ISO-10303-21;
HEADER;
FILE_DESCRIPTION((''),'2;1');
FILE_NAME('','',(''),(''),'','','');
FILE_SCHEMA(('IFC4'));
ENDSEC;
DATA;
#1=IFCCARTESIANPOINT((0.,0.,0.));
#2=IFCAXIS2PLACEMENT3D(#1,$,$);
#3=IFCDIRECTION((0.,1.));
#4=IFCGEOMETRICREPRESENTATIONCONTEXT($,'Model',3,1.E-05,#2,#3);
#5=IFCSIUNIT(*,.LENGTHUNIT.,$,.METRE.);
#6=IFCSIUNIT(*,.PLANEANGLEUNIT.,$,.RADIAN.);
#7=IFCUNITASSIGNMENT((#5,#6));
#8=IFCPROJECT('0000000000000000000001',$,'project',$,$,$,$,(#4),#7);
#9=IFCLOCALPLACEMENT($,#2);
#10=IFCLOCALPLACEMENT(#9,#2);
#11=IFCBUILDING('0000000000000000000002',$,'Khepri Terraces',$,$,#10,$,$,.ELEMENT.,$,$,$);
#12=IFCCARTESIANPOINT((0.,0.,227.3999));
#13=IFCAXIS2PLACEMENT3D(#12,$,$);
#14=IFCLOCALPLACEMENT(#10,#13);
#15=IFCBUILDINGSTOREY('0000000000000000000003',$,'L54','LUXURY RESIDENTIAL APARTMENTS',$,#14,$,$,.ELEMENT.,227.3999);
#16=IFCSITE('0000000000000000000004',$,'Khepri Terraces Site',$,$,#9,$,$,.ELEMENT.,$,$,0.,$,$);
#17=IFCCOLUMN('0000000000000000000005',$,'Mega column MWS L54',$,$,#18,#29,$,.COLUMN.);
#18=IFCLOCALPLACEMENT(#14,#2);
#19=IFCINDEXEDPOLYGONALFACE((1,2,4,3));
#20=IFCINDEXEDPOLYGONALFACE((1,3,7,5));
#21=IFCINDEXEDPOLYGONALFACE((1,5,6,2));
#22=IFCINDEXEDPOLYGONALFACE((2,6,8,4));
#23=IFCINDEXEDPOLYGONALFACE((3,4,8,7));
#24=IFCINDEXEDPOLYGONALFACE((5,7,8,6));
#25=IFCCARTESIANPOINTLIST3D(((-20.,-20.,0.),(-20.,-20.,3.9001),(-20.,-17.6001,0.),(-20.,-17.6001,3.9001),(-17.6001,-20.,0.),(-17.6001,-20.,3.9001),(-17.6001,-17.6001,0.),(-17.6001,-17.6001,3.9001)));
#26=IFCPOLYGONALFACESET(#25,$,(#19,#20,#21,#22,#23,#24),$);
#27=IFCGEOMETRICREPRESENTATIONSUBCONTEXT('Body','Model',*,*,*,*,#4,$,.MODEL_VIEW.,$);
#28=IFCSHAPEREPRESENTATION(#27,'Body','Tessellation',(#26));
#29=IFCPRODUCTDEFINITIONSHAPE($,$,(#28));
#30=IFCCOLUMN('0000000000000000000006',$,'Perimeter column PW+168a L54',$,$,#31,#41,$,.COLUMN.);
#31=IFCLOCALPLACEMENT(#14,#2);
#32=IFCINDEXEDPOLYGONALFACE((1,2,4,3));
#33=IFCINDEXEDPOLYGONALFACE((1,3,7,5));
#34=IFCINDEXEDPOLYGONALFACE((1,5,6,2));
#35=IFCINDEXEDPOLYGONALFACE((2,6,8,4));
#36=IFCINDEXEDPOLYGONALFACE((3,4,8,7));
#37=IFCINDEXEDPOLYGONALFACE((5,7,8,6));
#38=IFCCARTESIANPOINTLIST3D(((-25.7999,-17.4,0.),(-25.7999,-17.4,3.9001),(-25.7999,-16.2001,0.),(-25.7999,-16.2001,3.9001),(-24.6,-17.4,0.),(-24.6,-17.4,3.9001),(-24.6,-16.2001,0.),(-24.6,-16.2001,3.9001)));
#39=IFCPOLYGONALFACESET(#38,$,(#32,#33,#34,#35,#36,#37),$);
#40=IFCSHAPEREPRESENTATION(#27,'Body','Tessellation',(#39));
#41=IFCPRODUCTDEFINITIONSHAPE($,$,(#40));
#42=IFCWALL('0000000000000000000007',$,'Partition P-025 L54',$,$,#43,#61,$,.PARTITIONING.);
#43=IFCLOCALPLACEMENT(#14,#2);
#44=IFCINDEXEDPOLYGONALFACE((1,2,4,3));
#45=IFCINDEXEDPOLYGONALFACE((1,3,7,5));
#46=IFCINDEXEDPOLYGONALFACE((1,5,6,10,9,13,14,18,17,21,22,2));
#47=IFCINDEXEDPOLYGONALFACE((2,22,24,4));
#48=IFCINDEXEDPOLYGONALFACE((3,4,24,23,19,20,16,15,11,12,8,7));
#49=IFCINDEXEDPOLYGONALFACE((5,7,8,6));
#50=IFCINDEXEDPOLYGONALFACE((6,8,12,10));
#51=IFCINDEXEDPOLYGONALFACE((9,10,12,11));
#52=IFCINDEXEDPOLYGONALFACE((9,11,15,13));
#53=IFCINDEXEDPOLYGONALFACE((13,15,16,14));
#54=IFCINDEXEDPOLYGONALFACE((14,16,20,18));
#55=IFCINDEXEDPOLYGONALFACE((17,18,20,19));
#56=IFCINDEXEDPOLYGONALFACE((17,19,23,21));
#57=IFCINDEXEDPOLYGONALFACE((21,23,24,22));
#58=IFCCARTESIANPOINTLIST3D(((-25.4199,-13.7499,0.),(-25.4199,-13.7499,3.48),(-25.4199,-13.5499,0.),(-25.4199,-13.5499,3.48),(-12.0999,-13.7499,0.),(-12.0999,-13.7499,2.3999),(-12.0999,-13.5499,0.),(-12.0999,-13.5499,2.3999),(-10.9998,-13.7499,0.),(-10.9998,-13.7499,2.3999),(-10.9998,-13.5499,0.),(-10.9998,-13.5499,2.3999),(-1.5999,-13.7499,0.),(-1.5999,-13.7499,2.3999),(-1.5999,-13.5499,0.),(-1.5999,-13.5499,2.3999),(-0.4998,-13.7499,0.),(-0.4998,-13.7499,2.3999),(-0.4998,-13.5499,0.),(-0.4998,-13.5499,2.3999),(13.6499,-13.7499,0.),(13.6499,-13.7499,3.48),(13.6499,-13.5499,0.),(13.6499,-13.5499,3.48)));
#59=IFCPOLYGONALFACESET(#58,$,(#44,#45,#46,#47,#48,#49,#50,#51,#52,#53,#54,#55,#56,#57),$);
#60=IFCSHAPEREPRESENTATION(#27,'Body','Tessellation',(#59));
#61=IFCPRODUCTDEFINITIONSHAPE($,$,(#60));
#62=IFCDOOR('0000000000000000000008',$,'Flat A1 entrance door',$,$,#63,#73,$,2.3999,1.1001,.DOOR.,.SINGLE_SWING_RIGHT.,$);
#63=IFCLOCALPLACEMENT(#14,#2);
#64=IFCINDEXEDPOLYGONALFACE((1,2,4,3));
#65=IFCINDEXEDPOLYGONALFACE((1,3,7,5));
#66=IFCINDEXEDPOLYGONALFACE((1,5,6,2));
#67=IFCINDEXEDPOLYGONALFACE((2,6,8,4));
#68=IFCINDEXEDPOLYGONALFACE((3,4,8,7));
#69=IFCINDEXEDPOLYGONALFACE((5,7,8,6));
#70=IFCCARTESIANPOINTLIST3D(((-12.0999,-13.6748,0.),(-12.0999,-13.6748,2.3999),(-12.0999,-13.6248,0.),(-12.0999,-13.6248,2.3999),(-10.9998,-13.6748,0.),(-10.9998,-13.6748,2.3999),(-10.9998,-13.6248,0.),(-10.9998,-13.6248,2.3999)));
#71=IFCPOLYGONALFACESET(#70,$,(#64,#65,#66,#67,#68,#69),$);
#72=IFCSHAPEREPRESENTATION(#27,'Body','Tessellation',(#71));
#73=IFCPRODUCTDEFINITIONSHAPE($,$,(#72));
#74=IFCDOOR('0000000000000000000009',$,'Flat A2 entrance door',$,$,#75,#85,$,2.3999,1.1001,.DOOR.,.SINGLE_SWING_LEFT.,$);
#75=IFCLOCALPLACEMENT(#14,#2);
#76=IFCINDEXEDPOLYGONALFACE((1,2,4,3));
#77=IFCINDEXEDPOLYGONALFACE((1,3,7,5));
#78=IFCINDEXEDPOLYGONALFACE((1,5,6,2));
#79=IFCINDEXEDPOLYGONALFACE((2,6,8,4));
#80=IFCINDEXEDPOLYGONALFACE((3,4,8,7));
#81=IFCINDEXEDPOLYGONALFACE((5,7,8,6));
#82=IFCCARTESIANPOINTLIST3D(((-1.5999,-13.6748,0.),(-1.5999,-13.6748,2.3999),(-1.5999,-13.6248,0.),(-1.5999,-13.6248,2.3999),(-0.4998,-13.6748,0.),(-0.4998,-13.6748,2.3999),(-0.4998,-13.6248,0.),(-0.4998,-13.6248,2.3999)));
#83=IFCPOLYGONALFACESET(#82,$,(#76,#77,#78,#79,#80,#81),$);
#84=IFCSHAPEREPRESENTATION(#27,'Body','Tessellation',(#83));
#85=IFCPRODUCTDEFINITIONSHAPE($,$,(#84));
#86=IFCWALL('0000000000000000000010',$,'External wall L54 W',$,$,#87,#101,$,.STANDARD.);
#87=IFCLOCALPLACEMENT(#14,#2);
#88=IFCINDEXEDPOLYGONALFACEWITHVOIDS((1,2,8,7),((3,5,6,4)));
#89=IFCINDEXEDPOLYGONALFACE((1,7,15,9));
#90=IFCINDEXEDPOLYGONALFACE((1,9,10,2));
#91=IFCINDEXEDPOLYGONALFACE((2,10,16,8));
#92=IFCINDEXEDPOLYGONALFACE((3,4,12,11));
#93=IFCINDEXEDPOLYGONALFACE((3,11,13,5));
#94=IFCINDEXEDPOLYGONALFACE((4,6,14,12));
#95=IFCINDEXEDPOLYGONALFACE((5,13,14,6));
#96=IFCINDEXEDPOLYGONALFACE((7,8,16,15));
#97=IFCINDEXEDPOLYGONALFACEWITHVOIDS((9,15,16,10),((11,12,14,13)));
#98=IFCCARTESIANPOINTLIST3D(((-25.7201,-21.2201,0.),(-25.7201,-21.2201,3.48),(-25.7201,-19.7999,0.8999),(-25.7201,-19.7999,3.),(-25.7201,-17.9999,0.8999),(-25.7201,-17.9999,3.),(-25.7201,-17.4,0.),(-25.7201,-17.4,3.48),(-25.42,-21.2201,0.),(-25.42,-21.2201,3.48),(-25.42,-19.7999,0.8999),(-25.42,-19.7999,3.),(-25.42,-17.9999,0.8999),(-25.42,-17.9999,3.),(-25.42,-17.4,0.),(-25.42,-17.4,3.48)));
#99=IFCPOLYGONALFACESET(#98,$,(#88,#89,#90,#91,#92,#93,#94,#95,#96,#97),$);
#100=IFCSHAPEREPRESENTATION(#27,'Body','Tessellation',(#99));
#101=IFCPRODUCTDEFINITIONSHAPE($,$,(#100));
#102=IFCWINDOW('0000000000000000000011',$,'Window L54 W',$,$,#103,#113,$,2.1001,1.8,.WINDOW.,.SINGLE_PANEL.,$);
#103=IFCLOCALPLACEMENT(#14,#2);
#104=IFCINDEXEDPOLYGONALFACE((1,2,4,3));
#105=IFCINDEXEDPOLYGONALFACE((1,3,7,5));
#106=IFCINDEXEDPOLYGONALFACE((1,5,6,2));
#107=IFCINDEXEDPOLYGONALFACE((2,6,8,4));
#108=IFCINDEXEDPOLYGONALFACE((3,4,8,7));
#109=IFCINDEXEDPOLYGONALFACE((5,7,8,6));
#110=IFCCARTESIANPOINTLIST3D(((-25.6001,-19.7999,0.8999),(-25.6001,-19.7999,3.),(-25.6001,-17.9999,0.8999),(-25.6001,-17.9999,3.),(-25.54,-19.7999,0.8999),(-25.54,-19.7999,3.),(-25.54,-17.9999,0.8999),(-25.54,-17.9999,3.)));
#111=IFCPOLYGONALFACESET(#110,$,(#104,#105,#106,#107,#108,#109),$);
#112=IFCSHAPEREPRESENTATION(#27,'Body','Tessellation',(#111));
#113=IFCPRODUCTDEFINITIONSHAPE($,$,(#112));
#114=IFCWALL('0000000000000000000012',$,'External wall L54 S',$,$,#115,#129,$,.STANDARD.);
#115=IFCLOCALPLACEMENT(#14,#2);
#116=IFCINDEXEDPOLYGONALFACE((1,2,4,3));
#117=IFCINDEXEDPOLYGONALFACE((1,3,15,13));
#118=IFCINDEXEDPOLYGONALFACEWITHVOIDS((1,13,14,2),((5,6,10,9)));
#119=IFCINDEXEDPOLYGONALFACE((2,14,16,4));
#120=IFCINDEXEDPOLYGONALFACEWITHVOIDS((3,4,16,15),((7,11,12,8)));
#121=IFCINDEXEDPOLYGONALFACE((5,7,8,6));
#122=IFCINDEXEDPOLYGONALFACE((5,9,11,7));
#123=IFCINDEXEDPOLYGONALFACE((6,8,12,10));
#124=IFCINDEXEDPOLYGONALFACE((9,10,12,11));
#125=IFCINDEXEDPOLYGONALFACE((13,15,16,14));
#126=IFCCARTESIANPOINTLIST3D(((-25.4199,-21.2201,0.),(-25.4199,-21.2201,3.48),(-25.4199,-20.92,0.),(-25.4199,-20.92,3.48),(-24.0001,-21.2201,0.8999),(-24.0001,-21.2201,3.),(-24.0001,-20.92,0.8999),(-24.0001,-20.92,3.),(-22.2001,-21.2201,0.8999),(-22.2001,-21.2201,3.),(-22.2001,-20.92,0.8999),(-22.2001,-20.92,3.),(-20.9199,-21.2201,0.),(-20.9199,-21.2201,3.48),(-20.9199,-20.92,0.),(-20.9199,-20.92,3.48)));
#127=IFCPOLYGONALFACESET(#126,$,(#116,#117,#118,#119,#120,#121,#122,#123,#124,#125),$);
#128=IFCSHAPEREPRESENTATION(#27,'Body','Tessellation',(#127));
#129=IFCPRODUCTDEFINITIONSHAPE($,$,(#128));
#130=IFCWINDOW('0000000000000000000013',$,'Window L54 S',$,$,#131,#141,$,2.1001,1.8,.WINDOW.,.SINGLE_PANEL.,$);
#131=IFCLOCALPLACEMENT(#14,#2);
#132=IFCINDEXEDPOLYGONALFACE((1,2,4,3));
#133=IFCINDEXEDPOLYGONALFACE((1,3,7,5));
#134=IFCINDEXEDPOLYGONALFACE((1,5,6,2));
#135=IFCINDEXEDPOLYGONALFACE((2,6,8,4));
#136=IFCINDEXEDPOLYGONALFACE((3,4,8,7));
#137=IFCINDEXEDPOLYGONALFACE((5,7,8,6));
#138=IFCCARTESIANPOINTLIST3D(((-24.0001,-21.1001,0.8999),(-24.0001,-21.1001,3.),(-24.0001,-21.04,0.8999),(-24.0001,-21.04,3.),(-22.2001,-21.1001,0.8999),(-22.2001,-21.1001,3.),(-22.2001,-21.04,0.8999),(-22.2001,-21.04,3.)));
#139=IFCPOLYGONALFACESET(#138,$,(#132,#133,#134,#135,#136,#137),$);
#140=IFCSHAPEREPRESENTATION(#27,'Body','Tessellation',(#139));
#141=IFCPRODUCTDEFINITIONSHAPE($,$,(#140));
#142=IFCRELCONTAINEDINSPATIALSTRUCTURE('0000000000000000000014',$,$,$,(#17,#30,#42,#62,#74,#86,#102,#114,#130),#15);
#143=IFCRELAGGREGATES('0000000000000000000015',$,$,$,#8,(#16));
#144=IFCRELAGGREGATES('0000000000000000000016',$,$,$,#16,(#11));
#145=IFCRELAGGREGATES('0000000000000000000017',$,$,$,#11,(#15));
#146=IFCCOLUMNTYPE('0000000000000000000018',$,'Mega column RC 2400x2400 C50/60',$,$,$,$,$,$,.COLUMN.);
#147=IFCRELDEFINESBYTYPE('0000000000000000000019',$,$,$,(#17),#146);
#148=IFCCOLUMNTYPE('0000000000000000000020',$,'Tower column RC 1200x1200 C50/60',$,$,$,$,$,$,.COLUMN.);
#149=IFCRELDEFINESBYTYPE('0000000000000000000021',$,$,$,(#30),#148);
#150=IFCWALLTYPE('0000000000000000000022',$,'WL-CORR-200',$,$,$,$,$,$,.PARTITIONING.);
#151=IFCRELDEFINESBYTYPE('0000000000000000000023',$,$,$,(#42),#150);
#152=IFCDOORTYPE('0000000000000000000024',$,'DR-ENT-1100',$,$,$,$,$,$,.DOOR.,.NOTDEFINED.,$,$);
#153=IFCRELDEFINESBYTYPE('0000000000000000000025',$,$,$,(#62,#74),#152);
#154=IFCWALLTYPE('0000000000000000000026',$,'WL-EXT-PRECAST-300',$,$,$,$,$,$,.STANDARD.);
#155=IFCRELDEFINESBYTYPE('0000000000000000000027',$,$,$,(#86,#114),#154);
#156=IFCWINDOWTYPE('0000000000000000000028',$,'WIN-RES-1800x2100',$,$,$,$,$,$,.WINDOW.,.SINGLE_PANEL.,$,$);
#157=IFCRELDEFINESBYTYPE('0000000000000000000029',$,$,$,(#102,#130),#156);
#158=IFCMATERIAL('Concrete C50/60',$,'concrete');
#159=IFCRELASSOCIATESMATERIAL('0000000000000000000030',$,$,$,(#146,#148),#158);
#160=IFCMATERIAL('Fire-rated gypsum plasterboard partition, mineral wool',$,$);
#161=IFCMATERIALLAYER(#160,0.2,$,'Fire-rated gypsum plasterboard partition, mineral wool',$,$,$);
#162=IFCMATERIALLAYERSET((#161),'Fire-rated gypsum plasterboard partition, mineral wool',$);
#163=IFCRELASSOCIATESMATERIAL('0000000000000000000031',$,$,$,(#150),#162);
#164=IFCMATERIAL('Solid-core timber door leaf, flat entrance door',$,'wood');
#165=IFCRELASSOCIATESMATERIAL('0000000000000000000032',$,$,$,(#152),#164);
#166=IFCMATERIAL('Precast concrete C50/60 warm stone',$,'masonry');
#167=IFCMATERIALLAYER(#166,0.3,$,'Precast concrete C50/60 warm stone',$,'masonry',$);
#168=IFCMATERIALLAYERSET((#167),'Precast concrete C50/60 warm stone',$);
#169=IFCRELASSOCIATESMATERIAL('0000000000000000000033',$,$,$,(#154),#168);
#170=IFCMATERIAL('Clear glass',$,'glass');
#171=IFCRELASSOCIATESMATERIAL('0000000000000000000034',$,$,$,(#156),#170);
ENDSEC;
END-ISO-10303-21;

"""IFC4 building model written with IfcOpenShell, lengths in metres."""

from ifc_helpers import new_model, si_unit, direction, frame, frame_2d, origin, origin_2d, place, context, subcontext, project, spatial, rectangle, extrude, material, layer, layer_set, material_profile, profile_set, type_object, element, fill, save


model = new_model("IFC4")

# Units and contexts
model_context = context("Model", 3, precision=1e-05, world=origin(), true_north=direction((0.0, 1.0)))
body_context = subcontext(model_context, "Body", "Model", "MODEL_VIEW")
ifc_project = project(units=[si_unit("LENGTHUNIT", "METRE"), si_unit("PLANEANGLEUNIT", "RADIAN")], contexts=[model_context])

# Site, building, storey
site_placement = place(None, origin())
site = spatial("IfcSite", under=ifc_project, at=site_placement, Name="Khepri Terraces Site", CompositionType="ELEMENT", RefElevation=0.0)
building_placement = place(site_placement, origin())
building = spatial("IfcBuilding", under=site, at=building_placement, Name="Khepri Terraces", CompositionType="ELEMENT")
storey_placement = place(building_placement, frame((0.0, 0.0, 227.3999)))
storey = spatial("IfcBuildingStorey", under=building, at=storey_placement, Name="L54", Description="LUXURY RESIDENTIAL APARTMENTS", CompositionType="ELEMENT", Elevation=227.3999)

# Columns
ifc_material_1 = material(Name="Concrete C50/60", Category="concrete")
ifc_material_profile_1 = material_profile(ifc_material_1, rectangle(XDim=2.3999, YDim=2.3999, at=origin_2d()), Name="Concrete C50/60", Category="concrete")
ifc_profile_set_1 = profile_set([ifc_material_profile_1], Name="Concrete C50/60")
column_type_1 = type_object("IfcColumnType", Name="Mega column RC 2400x2400 C50/60", PredefinedType="COLUMN", material=ifc_profile_set_1)
column_1_placement = place(storey_placement, frame((-18.8, -18.8, 0.0), z_axis=(0.0, 0.0, 1.0), x_axis=(1.0, 0.0, 0.0)))
element("IfcColumn", 1, at=column_1_placement, inside=storey, type_object=column_type_1, Name="Mega column MWS L54", PredefinedType="COLUMN", context=body_context, shape_type="SweptSolid", body=[
    extrude(rectangle(XDim=2.3999, YDim=2.3999, at=origin_2d()), origin(), (0.0, 0.0, 1.0), 3.9001),
])
ifc_material_profile_2 = material_profile(ifc_material_1, rectangle(XDim=1.2, YDim=1.2, at=origin_2d()), Name="Concrete C50/60", Category="concrete")
ifc_profile_set_2 = profile_set([ifc_material_profile_2], Name="Concrete C50/60")
column_type_2 = type_object("IfcColumnType", Name="Tower column RC 1200x1200 C50/60", PredefinedType="COLUMN", material=ifc_profile_set_2)
column_2_placement = place(storey_placement, frame((-25.2, -16.8, 0.0), z_axis=(0.0, 0.0, 1.0), x_axis=(1.0, 0.0, 0.0)))
element("IfcColumn", 2, at=column_2_placement, inside=storey, type_object=column_type_2, Name="Perimeter column PW+168a L54", PredefinedType="COLUMN", context=body_context, shape_type="SweptSolid", body=[
    extrude(rectangle(XDim=1.2, YDim=1.2, at=origin_2d()), origin(), (0.0, 0.0, 1.0), 3.9001),
])

# Wall, openings, doors
ifc_material_2 = material(Name="Fire-rated gypsum plasterboard partition, mineral wool")
ifc_layer_1 = layer(ifc_material_2, 0.2, Name="Fire-rated gypsum plasterboard partition, mineral wool")
ifc_layer_set_1 = layer_set([ifc_layer_1], Name="Fire-rated gypsum plasterboard partition, mineral wool")
wall_type_1 = type_object("IfcWallType", Name="WL-CORR-200", PredefinedType="PARTITIONING", material=ifc_layer_set_1)
wall_1_placement = place(storey_placement, frame((-25.4199, -13.6499, 0.0), z_axis=(0.0, 0.0, 1.0), x_axis=(1.0, 0.0, 0.0)))
wall_1 = element("IfcWall", 3, at=wall_1_placement, inside=storey, type_object=wall_type_1, Name="Partition P-025 L54", PredefinedType="PARTITIONING", context=body_context, shape_type="SweptSolid", body=[
    extrude(rectangle(XDim=39.0698, YDim=0.2, at=frame_2d((19.5349, 0.0))), origin(), (0.0, 0.0, 1.0), 3.48),
])
opening_1_placement = place(wall_1_placement, frame((13.3201, 0.0, 0.0)))
opening_1 = element("IfcOpeningElement", 4, at=opening_1_placement, cuts=wall_1, PredefinedType="OPENING", context=body_context, shape_type="SweptSolid", body=[
    extrude(rectangle(XDim=1.1001, YDim=2.3999, at=frame_2d((0.55, 1.2))), frame((0.0, 0.1099, 0.0), z_axis=(0.0, -1.0, 0.0), x_axis=(1.0, 0.0, 0.0)), (0.0, 0.0, 1.0), 0.22),
])
opening_2_placement = place(wall_1_placement, frame((23.8201, 0.0, 0.0)))
opening_2 = element("IfcOpeningElement", 5, at=opening_2_placement, cuts=wall_1, PredefinedType="OPENING", context=body_context, shape_type="SweptSolid", body=[
    extrude(rectangle(XDim=1.1001, YDim=2.3999, at=frame_2d((0.55, 1.2))), frame((0.0, 0.1099, 0.0), z_axis=(0.0, -1.0, 0.0), x_axis=(1.0, 0.0, 0.0)), (0.0, 0.0, 1.0), 0.22),
])
ifc_material_3 = material(Name="Solid-core timber door leaf, flat entrance door", Category="wood")
door_type_1 = type_object("IfcDoorType", Name="DR-ENT-1100", OperationType="NOTDEFINED", PredefinedType="DOOR", material=ifc_material_3)
door_1_placement = place(opening_1_placement, frame((1.1001, 0.0, 0.0), z_axis=(0.0, 0.0, 1.0), x_axis=(-1.0, 0.0, 0.0)))
door_1 = element("IfcDoor", 6, at=door_1_placement, inside=storey, type_object=door_type_1, Name="Flat A1 entrance door", OperationType="SINGLE_SWING_RIGHT", OverallHeight=2.3999, OverallWidth=1.1001, PredefinedType="DOOR", context=body_context, shape_type="SweptSolid", body=[
    extrude(rectangle(XDim=1.1001, YDim=2.3999, at=frame_2d((0.55, 1.2))), frame((0.0, 0.0249, 0.0), z_axis=(0.0, -1.0, 0.0), x_axis=(1.0, 0.0, 0.0)), (0.0, 0.0, 1.0), 0.05),
])
fill(opening_1, door_1)
door_2_placement = place(opening_2_placement, frame((1.1001, 0.0, 0.0), z_axis=(0.0, 0.0, 1.0), x_axis=(-1.0, 0.0, 0.0)))
door_2 = element("IfcDoor", 7, at=door_2_placement, inside=storey, type_object=door_type_1, Name="Flat A2 entrance door", OperationType="SINGLE_SWING_LEFT", OverallHeight=2.3999, OverallWidth=1.1001, PredefinedType="DOOR", context=body_context, shape_type="SweptSolid", body=[
    extrude(rectangle(XDim=1.1001, YDim=2.3999, at=frame_2d((0.55, 1.2))), frame((0.0, 0.0249, 0.0), z_axis=(0.0, -1.0, 0.0), x_axis=(1.0, 0.0, 0.0)), (0.0, 0.0, 1.0), 0.05),
])
fill(opening_2, door_2)

# Walls, openings, windows
ifc_material_4 = material(Name="Precast concrete C50/60 warm stone", Category="masonry")
ifc_layer_2 = layer(ifc_material_4, 0.3, Name="Precast concrete C50/60 warm stone", Category="masonry")
ifc_layer_set_2 = layer_set([ifc_layer_2], Name="Precast concrete C50/60 warm stone")
wall_type_2 = type_object("IfcWallType", Name="WL-EXT-PRECAST-300", PredefinedType="STANDARD", material=ifc_layer_set_2)
wall_2_placement = place(storey_placement, frame((-25.5701, -17.3999, 0.0), z_axis=(0.0, 0.0, 1.0), x_axis=(0.0, -1.0, 0.0)))
wall_2 = element("IfcWall", 8, at=wall_2_placement, inside=storey, type_object=wall_type_2, Name="External wall L54 W", PredefinedType="STANDARD", context=body_context, shape_type="SweptSolid", body=[
    extrude(rectangle(XDim=3.8201, YDim=0.3, at=frame_2d((1.9102, 0.0))), origin(), (0.0, 0.0, 1.0), 3.48),
])
opening_3_placement = place(wall_2_placement, frame((0.6001, 0.0, 0.8999)))
opening_3 = element("IfcOpeningElement", 9, at=opening_3_placement, cuts=wall_2, PredefinedType="OPENING", context=body_context, shape_type="SweptSolid", body=[
    extrude(rectangle(XDim=1.8, YDim=2.1001, at=frame_2d((0.8999, 1.05))), frame((0.0, 0.1602, 0.0), z_axis=(0.0, -1.0, 0.0), x_axis=(1.0, 0.0, 0.0)), (0.0, 0.0, 1.0), 0.3201),
])
ifc_material_5 = material(Name="Clear glass", Category="glass")
window_type = type_object("IfcWindowType", Name="WIN-RES-1800x2100", PartitioningType="SINGLE_PANEL", PredefinedType="WINDOW", material=ifc_material_5)
window_1_placement = place(opening_3_placement, origin())
window_1 = element("IfcWindow", 10, at=window_1_placement, inside=storey, type_object=window_type, Name="Window L54 W", OverallHeight=2.1001, OverallWidth=1.8, PartitioningType="SINGLE_PANEL", PredefinedType="WINDOW", context=body_context, shape_type="SweptSolid", body=[
    extrude(rectangle(XDim=1.8, YDim=2.1001, at=frame_2d((0.8999, 1.05))), frame((0.0, 0.03, 0.0), z_axis=(0.0, -1.0, 0.0), x_axis=(1.0, 0.0, 0.0)), (0.0, 0.0, 1.0), 0.0601),
])
fill(opening_3, window_1)
wall_3_placement = place(storey_placement, frame((-25.4199, -21.0701, 0.0), z_axis=(0.0, 0.0, 1.0), x_axis=(1.0, 0.0, 0.0)))
wall_3 = element("IfcWall", 11, at=wall_3_placement, inside=storey, type_object=wall_type_2, Name="External wall L54 S", PredefinedType="STANDARD", context=body_context, shape_type="SweptSolid", body=[
    extrude(rectangle(XDim=4.5, YDim=0.3, at=frame_2d((2.25, 0.0))), origin(), (0.0, 0.0, 1.0), 3.48),
])
opening_4_placement = place(wall_3_placement, frame((1.4199, 0.0, 0.8999)))
opening_4 = element("IfcOpeningElement", 12, at=opening_4_placement, cuts=wall_3, PredefinedType="OPENING", context=body_context, shape_type="SweptSolid", body=[
    extrude(rectangle(XDim=1.8, YDim=2.1001, at=frame_2d((0.8999, 1.05))), frame((0.0, 0.1602, 0.0), z_axis=(0.0, -1.0, 0.0), x_axis=(1.0, 0.0, 0.0)), (0.0, 0.0, 1.0), 0.3201),
])
window_2_placement = place(opening_4_placement, origin())
window_2 = element("IfcWindow", 13, at=window_2_placement, inside=storey, type_object=window_type, Name="Window L54 S", OverallHeight=2.1001, OverallWidth=1.8, PartitioningType="SINGLE_PANEL", PredefinedType="WINDOW", context=body_context, shape_type="SweptSolid", body=[
    extrude(rectangle(XDim=1.8, YDim=2.1001, at=frame_2d((0.8999, 1.05))), frame((0.0, 0.03, 0.0), z_axis=(0.0, -1.0, 0.0), x_axis=(1.0, 0.0, 0.0)), (0.0, 0.0, 1.0), 0.0601),
])
fill(opening_4, window_2)

save(model, "model.ifc")
